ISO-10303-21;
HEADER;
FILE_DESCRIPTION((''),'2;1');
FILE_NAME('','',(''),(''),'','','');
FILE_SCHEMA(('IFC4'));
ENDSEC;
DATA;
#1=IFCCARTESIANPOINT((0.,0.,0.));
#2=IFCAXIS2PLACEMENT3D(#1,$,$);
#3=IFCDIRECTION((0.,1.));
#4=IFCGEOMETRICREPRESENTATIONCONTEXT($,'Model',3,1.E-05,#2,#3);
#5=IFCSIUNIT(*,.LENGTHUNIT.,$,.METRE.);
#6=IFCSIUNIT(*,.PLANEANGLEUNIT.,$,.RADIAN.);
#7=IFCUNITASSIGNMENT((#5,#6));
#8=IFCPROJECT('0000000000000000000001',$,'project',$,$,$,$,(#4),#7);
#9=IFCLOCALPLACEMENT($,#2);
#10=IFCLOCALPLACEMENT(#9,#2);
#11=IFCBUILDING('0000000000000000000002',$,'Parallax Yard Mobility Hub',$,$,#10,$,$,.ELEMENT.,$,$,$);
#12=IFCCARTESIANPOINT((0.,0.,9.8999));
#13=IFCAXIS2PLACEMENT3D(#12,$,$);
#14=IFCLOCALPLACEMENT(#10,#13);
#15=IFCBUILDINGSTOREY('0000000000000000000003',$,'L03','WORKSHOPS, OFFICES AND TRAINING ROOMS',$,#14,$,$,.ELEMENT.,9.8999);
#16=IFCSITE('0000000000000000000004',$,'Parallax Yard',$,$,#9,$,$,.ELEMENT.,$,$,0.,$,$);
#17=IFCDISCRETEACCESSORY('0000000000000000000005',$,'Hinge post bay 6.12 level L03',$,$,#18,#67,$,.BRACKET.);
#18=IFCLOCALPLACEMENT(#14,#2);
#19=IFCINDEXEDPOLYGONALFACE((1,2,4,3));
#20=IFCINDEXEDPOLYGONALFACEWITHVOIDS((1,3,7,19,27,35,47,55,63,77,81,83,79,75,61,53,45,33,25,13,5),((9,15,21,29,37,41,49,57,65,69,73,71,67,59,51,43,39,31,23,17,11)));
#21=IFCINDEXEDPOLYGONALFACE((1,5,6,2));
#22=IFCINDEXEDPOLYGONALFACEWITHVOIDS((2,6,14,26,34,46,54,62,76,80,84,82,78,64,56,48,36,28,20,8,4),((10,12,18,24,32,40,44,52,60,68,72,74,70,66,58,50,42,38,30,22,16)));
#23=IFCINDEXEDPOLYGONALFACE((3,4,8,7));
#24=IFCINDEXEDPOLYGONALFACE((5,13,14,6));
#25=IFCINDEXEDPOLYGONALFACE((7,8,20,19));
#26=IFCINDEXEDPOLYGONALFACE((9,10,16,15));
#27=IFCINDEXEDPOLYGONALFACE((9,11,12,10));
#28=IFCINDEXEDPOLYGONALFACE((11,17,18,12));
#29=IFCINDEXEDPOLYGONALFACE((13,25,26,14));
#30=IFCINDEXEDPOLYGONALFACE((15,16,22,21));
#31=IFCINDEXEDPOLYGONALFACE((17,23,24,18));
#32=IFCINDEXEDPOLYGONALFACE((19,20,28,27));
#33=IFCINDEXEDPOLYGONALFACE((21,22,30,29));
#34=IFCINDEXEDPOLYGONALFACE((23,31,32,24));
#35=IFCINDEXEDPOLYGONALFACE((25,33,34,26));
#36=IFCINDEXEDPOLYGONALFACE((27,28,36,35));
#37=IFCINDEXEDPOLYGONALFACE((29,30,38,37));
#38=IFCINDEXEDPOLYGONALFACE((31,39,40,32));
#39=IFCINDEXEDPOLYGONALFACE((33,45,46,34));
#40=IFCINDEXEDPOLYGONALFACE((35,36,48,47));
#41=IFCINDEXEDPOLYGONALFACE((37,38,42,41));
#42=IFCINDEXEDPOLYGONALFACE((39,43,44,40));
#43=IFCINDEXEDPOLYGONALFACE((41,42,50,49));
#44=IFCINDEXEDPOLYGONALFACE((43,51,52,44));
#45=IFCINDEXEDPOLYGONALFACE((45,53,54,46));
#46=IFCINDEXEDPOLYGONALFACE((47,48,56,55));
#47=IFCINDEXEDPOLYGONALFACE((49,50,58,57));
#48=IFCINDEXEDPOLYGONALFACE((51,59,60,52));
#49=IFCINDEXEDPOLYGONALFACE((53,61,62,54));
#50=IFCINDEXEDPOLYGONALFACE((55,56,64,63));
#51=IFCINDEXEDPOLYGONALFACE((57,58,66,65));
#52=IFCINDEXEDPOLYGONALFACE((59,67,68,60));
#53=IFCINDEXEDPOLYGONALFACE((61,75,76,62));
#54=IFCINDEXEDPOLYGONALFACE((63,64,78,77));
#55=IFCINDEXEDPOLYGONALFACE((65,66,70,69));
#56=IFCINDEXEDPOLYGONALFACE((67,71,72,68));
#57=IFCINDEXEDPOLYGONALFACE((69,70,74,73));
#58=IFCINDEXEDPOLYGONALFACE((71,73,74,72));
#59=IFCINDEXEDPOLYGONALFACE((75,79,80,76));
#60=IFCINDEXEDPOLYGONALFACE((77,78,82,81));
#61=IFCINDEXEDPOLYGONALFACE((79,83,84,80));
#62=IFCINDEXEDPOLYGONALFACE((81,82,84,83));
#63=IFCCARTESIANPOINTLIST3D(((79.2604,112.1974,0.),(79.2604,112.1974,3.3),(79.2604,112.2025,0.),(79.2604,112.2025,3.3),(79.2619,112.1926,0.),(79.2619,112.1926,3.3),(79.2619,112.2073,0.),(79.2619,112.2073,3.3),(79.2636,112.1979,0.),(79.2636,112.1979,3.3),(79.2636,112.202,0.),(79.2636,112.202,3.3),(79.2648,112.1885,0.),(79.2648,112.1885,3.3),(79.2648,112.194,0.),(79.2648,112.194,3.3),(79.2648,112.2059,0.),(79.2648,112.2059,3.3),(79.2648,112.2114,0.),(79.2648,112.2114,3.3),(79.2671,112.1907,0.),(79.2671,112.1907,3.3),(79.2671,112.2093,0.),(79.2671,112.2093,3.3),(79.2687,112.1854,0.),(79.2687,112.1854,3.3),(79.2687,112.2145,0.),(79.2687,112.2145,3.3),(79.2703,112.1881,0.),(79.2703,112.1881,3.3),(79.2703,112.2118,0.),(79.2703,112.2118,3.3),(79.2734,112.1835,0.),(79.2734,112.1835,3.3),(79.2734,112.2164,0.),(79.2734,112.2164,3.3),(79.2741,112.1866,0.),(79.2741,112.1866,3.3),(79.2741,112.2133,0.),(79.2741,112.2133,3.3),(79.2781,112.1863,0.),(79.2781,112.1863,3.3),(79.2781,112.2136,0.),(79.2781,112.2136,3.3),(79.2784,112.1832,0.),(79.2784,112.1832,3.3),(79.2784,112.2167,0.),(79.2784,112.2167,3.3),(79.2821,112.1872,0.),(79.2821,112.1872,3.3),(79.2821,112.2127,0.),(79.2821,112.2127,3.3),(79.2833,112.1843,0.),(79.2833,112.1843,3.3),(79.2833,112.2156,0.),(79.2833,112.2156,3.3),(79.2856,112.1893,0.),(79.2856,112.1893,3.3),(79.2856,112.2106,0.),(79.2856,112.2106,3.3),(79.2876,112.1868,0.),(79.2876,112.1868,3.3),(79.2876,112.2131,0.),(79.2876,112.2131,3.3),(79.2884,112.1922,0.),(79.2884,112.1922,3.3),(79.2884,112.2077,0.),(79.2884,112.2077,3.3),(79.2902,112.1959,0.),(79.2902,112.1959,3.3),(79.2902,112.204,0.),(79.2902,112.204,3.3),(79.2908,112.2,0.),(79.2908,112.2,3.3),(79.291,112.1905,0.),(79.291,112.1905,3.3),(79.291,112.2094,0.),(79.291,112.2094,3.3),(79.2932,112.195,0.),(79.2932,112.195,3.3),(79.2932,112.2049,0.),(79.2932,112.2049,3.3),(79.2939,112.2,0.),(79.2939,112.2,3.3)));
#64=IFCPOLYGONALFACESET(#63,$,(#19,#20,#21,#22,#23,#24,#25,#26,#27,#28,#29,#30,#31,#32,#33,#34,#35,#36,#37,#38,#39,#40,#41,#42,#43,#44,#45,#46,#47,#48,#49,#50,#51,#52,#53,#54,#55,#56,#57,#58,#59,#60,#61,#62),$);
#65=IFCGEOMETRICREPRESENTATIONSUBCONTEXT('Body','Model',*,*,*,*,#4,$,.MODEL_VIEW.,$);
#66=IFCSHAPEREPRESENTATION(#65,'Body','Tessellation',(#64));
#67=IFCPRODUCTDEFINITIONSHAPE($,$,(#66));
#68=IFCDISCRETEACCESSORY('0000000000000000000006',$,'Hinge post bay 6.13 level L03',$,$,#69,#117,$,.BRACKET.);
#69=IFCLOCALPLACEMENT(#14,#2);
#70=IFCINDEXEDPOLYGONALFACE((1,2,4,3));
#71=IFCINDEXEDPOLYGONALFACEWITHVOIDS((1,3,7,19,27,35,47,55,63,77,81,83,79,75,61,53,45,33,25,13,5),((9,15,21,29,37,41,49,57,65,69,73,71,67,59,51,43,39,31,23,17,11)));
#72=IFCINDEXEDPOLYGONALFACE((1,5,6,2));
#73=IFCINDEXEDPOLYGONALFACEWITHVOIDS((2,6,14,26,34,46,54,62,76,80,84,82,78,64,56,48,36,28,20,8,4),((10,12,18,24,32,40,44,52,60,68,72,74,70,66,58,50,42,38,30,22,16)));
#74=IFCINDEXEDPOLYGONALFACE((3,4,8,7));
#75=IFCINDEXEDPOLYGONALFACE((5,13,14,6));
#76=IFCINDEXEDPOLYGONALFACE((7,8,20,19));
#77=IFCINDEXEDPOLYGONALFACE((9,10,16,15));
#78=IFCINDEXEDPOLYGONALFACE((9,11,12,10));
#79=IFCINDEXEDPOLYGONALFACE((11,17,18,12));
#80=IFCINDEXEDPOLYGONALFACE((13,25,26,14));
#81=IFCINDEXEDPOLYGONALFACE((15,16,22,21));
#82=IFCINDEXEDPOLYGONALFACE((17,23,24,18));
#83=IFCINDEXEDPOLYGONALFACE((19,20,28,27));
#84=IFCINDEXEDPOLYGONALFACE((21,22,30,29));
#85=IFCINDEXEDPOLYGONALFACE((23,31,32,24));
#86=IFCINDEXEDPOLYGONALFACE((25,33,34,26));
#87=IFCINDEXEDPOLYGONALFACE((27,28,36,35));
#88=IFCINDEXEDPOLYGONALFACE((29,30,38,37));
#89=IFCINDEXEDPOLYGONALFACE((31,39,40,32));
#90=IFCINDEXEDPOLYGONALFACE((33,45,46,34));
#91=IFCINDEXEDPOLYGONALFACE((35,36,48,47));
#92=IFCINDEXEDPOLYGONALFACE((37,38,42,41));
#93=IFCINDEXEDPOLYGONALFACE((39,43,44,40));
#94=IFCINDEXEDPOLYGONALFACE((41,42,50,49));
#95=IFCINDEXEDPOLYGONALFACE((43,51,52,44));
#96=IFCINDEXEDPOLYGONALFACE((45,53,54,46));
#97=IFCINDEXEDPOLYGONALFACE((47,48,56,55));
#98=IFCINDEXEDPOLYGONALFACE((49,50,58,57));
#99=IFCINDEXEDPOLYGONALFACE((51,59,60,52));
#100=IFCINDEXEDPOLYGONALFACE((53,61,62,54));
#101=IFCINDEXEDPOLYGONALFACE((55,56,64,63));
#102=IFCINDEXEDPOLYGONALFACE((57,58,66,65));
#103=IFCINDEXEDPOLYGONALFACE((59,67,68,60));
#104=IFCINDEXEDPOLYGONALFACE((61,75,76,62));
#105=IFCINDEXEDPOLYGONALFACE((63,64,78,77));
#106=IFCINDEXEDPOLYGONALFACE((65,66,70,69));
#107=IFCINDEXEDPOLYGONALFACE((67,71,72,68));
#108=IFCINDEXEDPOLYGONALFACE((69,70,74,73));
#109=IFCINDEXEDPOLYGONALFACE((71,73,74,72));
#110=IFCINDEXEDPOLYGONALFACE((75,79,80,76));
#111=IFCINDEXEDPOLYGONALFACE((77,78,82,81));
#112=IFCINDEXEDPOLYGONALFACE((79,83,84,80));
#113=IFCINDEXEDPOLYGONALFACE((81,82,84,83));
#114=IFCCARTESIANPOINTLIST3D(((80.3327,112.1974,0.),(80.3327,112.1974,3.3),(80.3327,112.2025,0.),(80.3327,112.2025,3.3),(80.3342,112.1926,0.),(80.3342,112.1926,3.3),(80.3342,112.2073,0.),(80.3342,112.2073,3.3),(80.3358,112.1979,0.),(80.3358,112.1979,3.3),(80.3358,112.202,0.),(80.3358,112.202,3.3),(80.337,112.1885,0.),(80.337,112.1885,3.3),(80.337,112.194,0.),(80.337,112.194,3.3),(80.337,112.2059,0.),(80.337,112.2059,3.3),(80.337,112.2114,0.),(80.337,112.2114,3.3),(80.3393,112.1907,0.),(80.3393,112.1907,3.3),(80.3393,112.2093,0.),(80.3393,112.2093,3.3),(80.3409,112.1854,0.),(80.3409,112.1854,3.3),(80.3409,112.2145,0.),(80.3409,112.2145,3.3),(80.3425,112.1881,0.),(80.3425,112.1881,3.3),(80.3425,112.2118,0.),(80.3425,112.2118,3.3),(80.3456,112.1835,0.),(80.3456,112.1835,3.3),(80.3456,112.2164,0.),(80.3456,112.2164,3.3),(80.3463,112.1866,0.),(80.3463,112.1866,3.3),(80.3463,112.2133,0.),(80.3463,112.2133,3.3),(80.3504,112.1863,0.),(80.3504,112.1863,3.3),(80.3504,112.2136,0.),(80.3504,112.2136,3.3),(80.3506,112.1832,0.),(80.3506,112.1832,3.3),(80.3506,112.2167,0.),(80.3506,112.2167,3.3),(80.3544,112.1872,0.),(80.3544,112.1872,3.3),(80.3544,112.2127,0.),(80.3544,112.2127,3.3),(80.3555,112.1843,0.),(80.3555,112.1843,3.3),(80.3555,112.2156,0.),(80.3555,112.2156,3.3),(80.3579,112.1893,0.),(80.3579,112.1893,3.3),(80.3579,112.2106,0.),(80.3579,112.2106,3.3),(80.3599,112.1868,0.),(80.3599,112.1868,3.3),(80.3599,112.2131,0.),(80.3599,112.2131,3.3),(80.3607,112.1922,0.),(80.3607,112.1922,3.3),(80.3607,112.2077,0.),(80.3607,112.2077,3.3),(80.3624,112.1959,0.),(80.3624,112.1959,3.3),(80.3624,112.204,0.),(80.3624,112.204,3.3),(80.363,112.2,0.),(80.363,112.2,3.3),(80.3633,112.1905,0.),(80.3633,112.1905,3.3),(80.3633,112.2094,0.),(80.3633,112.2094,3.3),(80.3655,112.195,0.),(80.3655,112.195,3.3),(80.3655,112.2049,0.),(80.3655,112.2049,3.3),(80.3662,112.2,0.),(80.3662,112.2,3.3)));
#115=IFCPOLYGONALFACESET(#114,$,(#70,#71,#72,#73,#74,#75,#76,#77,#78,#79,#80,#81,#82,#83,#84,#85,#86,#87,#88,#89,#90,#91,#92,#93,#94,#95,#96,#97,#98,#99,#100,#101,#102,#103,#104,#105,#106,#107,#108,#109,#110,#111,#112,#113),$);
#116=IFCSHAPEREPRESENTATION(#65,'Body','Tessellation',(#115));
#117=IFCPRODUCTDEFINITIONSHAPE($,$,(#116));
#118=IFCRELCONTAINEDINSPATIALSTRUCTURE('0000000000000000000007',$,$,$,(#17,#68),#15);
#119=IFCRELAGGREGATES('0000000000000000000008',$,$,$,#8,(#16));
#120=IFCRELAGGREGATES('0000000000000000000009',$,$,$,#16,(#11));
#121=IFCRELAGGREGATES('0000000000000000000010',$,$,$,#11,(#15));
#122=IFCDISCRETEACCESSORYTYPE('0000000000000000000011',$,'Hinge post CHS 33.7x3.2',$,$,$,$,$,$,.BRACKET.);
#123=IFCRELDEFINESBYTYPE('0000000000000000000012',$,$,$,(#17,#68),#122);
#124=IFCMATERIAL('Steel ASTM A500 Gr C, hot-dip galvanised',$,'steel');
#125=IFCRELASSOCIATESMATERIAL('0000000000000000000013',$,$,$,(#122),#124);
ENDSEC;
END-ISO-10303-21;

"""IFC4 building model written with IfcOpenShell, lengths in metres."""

from ifc_helpers import new_model, si_unit, direction, frame, origin, origin_2d, place, context, subcontext, project, spatial, hollow_circle, extrude, material, material_profile, profile_set, type_object, element, save


model = new_model("IFC4")

# Units and contexts
model_context = context("Model", 3, precision=1e-05, world=origin(), true_north=direction((0.0, 1.0)))
body_context = subcontext(model_context, "Body", "Model", "MODEL_VIEW")
ifc_project = project(units=[si_unit("LENGTHUNIT", "METRE"), si_unit("PLANEANGLEUNIT", "RADIAN")], contexts=[model_context])

# Site, building, storey
site_placement = place(None, origin())
site = spatial("IfcSite", under=ifc_project, at=site_placement, Name="Parallax Yard", CompositionType="ELEMENT", RefElevation=0.0)
building_placement = place(site_placement, origin())
building = spatial("IfcBuilding", under=site, at=building_placement, Name="Parallax Yard Mobility Hub", CompositionType="ELEMENT")
storey_placement = place(building_placement, frame((0.0, 0.0, 9.8999)))
storey = spatial("IfcBuildingStorey", under=building, at=storey_placement, Name="L03", Description="WORKSHOPS, OFFICES AND TRAINING ROOMS", CompositionType="ELEMENT", Elevation=9.8999)

# Discrete accessories
ifc_material_1 = material(Name="Steel ASTM A500 Gr C, hot-dip galvanised", Category="steel")
ifc_material_profile = material_profile(ifc_material_1, hollow_circle(Radius=0.0168, WallThickness=0.0032, at=origin_2d()), Name="CHS 33.7x3.2")
ifc_profile_set = profile_set([ifc_material_profile], Name="Steel ASTM A500 Gr C, hot-dip galvanised")
discrete_accessory_type_1 = type_object("IfcDiscreteAccessoryType", Name="Hinge post CHS 33.7x3.2", PredefinedType="BRACKET", material=ifc_profile_set)
for number, where, z_axis, x_axis, name in (
    (1, (79.2771, 112.2, 0.0), (0.0, 0.0, 1.0), (1.0, 0.0, 0.0), "Hinge post bay 6.12 level L03"),
    (2, (80.3494, 112.2, 0.0), (0.0, 0.0, 1.0), (1.0, 0.0, 0.0), "Hinge post bay 6.13 level L03"),
):
    element("IfcDiscreteAccessory", number, at=place(storey_placement, frame(where, z_axis=z_axis, x_axis=x_axis)), inside=storey, type_object=discrete_accessory_type_1, Name=name, PredefinedType="BRACKET", context=body_context, shape_type="SweptSolid", body=[
        extrude(hollow_circle(Radius=0.0168, WallThickness=0.0032, at=origin_2d()), origin(), (0.0, 0.0, 1.0), 3.3),
    ])

save(model, "model.ifc")
